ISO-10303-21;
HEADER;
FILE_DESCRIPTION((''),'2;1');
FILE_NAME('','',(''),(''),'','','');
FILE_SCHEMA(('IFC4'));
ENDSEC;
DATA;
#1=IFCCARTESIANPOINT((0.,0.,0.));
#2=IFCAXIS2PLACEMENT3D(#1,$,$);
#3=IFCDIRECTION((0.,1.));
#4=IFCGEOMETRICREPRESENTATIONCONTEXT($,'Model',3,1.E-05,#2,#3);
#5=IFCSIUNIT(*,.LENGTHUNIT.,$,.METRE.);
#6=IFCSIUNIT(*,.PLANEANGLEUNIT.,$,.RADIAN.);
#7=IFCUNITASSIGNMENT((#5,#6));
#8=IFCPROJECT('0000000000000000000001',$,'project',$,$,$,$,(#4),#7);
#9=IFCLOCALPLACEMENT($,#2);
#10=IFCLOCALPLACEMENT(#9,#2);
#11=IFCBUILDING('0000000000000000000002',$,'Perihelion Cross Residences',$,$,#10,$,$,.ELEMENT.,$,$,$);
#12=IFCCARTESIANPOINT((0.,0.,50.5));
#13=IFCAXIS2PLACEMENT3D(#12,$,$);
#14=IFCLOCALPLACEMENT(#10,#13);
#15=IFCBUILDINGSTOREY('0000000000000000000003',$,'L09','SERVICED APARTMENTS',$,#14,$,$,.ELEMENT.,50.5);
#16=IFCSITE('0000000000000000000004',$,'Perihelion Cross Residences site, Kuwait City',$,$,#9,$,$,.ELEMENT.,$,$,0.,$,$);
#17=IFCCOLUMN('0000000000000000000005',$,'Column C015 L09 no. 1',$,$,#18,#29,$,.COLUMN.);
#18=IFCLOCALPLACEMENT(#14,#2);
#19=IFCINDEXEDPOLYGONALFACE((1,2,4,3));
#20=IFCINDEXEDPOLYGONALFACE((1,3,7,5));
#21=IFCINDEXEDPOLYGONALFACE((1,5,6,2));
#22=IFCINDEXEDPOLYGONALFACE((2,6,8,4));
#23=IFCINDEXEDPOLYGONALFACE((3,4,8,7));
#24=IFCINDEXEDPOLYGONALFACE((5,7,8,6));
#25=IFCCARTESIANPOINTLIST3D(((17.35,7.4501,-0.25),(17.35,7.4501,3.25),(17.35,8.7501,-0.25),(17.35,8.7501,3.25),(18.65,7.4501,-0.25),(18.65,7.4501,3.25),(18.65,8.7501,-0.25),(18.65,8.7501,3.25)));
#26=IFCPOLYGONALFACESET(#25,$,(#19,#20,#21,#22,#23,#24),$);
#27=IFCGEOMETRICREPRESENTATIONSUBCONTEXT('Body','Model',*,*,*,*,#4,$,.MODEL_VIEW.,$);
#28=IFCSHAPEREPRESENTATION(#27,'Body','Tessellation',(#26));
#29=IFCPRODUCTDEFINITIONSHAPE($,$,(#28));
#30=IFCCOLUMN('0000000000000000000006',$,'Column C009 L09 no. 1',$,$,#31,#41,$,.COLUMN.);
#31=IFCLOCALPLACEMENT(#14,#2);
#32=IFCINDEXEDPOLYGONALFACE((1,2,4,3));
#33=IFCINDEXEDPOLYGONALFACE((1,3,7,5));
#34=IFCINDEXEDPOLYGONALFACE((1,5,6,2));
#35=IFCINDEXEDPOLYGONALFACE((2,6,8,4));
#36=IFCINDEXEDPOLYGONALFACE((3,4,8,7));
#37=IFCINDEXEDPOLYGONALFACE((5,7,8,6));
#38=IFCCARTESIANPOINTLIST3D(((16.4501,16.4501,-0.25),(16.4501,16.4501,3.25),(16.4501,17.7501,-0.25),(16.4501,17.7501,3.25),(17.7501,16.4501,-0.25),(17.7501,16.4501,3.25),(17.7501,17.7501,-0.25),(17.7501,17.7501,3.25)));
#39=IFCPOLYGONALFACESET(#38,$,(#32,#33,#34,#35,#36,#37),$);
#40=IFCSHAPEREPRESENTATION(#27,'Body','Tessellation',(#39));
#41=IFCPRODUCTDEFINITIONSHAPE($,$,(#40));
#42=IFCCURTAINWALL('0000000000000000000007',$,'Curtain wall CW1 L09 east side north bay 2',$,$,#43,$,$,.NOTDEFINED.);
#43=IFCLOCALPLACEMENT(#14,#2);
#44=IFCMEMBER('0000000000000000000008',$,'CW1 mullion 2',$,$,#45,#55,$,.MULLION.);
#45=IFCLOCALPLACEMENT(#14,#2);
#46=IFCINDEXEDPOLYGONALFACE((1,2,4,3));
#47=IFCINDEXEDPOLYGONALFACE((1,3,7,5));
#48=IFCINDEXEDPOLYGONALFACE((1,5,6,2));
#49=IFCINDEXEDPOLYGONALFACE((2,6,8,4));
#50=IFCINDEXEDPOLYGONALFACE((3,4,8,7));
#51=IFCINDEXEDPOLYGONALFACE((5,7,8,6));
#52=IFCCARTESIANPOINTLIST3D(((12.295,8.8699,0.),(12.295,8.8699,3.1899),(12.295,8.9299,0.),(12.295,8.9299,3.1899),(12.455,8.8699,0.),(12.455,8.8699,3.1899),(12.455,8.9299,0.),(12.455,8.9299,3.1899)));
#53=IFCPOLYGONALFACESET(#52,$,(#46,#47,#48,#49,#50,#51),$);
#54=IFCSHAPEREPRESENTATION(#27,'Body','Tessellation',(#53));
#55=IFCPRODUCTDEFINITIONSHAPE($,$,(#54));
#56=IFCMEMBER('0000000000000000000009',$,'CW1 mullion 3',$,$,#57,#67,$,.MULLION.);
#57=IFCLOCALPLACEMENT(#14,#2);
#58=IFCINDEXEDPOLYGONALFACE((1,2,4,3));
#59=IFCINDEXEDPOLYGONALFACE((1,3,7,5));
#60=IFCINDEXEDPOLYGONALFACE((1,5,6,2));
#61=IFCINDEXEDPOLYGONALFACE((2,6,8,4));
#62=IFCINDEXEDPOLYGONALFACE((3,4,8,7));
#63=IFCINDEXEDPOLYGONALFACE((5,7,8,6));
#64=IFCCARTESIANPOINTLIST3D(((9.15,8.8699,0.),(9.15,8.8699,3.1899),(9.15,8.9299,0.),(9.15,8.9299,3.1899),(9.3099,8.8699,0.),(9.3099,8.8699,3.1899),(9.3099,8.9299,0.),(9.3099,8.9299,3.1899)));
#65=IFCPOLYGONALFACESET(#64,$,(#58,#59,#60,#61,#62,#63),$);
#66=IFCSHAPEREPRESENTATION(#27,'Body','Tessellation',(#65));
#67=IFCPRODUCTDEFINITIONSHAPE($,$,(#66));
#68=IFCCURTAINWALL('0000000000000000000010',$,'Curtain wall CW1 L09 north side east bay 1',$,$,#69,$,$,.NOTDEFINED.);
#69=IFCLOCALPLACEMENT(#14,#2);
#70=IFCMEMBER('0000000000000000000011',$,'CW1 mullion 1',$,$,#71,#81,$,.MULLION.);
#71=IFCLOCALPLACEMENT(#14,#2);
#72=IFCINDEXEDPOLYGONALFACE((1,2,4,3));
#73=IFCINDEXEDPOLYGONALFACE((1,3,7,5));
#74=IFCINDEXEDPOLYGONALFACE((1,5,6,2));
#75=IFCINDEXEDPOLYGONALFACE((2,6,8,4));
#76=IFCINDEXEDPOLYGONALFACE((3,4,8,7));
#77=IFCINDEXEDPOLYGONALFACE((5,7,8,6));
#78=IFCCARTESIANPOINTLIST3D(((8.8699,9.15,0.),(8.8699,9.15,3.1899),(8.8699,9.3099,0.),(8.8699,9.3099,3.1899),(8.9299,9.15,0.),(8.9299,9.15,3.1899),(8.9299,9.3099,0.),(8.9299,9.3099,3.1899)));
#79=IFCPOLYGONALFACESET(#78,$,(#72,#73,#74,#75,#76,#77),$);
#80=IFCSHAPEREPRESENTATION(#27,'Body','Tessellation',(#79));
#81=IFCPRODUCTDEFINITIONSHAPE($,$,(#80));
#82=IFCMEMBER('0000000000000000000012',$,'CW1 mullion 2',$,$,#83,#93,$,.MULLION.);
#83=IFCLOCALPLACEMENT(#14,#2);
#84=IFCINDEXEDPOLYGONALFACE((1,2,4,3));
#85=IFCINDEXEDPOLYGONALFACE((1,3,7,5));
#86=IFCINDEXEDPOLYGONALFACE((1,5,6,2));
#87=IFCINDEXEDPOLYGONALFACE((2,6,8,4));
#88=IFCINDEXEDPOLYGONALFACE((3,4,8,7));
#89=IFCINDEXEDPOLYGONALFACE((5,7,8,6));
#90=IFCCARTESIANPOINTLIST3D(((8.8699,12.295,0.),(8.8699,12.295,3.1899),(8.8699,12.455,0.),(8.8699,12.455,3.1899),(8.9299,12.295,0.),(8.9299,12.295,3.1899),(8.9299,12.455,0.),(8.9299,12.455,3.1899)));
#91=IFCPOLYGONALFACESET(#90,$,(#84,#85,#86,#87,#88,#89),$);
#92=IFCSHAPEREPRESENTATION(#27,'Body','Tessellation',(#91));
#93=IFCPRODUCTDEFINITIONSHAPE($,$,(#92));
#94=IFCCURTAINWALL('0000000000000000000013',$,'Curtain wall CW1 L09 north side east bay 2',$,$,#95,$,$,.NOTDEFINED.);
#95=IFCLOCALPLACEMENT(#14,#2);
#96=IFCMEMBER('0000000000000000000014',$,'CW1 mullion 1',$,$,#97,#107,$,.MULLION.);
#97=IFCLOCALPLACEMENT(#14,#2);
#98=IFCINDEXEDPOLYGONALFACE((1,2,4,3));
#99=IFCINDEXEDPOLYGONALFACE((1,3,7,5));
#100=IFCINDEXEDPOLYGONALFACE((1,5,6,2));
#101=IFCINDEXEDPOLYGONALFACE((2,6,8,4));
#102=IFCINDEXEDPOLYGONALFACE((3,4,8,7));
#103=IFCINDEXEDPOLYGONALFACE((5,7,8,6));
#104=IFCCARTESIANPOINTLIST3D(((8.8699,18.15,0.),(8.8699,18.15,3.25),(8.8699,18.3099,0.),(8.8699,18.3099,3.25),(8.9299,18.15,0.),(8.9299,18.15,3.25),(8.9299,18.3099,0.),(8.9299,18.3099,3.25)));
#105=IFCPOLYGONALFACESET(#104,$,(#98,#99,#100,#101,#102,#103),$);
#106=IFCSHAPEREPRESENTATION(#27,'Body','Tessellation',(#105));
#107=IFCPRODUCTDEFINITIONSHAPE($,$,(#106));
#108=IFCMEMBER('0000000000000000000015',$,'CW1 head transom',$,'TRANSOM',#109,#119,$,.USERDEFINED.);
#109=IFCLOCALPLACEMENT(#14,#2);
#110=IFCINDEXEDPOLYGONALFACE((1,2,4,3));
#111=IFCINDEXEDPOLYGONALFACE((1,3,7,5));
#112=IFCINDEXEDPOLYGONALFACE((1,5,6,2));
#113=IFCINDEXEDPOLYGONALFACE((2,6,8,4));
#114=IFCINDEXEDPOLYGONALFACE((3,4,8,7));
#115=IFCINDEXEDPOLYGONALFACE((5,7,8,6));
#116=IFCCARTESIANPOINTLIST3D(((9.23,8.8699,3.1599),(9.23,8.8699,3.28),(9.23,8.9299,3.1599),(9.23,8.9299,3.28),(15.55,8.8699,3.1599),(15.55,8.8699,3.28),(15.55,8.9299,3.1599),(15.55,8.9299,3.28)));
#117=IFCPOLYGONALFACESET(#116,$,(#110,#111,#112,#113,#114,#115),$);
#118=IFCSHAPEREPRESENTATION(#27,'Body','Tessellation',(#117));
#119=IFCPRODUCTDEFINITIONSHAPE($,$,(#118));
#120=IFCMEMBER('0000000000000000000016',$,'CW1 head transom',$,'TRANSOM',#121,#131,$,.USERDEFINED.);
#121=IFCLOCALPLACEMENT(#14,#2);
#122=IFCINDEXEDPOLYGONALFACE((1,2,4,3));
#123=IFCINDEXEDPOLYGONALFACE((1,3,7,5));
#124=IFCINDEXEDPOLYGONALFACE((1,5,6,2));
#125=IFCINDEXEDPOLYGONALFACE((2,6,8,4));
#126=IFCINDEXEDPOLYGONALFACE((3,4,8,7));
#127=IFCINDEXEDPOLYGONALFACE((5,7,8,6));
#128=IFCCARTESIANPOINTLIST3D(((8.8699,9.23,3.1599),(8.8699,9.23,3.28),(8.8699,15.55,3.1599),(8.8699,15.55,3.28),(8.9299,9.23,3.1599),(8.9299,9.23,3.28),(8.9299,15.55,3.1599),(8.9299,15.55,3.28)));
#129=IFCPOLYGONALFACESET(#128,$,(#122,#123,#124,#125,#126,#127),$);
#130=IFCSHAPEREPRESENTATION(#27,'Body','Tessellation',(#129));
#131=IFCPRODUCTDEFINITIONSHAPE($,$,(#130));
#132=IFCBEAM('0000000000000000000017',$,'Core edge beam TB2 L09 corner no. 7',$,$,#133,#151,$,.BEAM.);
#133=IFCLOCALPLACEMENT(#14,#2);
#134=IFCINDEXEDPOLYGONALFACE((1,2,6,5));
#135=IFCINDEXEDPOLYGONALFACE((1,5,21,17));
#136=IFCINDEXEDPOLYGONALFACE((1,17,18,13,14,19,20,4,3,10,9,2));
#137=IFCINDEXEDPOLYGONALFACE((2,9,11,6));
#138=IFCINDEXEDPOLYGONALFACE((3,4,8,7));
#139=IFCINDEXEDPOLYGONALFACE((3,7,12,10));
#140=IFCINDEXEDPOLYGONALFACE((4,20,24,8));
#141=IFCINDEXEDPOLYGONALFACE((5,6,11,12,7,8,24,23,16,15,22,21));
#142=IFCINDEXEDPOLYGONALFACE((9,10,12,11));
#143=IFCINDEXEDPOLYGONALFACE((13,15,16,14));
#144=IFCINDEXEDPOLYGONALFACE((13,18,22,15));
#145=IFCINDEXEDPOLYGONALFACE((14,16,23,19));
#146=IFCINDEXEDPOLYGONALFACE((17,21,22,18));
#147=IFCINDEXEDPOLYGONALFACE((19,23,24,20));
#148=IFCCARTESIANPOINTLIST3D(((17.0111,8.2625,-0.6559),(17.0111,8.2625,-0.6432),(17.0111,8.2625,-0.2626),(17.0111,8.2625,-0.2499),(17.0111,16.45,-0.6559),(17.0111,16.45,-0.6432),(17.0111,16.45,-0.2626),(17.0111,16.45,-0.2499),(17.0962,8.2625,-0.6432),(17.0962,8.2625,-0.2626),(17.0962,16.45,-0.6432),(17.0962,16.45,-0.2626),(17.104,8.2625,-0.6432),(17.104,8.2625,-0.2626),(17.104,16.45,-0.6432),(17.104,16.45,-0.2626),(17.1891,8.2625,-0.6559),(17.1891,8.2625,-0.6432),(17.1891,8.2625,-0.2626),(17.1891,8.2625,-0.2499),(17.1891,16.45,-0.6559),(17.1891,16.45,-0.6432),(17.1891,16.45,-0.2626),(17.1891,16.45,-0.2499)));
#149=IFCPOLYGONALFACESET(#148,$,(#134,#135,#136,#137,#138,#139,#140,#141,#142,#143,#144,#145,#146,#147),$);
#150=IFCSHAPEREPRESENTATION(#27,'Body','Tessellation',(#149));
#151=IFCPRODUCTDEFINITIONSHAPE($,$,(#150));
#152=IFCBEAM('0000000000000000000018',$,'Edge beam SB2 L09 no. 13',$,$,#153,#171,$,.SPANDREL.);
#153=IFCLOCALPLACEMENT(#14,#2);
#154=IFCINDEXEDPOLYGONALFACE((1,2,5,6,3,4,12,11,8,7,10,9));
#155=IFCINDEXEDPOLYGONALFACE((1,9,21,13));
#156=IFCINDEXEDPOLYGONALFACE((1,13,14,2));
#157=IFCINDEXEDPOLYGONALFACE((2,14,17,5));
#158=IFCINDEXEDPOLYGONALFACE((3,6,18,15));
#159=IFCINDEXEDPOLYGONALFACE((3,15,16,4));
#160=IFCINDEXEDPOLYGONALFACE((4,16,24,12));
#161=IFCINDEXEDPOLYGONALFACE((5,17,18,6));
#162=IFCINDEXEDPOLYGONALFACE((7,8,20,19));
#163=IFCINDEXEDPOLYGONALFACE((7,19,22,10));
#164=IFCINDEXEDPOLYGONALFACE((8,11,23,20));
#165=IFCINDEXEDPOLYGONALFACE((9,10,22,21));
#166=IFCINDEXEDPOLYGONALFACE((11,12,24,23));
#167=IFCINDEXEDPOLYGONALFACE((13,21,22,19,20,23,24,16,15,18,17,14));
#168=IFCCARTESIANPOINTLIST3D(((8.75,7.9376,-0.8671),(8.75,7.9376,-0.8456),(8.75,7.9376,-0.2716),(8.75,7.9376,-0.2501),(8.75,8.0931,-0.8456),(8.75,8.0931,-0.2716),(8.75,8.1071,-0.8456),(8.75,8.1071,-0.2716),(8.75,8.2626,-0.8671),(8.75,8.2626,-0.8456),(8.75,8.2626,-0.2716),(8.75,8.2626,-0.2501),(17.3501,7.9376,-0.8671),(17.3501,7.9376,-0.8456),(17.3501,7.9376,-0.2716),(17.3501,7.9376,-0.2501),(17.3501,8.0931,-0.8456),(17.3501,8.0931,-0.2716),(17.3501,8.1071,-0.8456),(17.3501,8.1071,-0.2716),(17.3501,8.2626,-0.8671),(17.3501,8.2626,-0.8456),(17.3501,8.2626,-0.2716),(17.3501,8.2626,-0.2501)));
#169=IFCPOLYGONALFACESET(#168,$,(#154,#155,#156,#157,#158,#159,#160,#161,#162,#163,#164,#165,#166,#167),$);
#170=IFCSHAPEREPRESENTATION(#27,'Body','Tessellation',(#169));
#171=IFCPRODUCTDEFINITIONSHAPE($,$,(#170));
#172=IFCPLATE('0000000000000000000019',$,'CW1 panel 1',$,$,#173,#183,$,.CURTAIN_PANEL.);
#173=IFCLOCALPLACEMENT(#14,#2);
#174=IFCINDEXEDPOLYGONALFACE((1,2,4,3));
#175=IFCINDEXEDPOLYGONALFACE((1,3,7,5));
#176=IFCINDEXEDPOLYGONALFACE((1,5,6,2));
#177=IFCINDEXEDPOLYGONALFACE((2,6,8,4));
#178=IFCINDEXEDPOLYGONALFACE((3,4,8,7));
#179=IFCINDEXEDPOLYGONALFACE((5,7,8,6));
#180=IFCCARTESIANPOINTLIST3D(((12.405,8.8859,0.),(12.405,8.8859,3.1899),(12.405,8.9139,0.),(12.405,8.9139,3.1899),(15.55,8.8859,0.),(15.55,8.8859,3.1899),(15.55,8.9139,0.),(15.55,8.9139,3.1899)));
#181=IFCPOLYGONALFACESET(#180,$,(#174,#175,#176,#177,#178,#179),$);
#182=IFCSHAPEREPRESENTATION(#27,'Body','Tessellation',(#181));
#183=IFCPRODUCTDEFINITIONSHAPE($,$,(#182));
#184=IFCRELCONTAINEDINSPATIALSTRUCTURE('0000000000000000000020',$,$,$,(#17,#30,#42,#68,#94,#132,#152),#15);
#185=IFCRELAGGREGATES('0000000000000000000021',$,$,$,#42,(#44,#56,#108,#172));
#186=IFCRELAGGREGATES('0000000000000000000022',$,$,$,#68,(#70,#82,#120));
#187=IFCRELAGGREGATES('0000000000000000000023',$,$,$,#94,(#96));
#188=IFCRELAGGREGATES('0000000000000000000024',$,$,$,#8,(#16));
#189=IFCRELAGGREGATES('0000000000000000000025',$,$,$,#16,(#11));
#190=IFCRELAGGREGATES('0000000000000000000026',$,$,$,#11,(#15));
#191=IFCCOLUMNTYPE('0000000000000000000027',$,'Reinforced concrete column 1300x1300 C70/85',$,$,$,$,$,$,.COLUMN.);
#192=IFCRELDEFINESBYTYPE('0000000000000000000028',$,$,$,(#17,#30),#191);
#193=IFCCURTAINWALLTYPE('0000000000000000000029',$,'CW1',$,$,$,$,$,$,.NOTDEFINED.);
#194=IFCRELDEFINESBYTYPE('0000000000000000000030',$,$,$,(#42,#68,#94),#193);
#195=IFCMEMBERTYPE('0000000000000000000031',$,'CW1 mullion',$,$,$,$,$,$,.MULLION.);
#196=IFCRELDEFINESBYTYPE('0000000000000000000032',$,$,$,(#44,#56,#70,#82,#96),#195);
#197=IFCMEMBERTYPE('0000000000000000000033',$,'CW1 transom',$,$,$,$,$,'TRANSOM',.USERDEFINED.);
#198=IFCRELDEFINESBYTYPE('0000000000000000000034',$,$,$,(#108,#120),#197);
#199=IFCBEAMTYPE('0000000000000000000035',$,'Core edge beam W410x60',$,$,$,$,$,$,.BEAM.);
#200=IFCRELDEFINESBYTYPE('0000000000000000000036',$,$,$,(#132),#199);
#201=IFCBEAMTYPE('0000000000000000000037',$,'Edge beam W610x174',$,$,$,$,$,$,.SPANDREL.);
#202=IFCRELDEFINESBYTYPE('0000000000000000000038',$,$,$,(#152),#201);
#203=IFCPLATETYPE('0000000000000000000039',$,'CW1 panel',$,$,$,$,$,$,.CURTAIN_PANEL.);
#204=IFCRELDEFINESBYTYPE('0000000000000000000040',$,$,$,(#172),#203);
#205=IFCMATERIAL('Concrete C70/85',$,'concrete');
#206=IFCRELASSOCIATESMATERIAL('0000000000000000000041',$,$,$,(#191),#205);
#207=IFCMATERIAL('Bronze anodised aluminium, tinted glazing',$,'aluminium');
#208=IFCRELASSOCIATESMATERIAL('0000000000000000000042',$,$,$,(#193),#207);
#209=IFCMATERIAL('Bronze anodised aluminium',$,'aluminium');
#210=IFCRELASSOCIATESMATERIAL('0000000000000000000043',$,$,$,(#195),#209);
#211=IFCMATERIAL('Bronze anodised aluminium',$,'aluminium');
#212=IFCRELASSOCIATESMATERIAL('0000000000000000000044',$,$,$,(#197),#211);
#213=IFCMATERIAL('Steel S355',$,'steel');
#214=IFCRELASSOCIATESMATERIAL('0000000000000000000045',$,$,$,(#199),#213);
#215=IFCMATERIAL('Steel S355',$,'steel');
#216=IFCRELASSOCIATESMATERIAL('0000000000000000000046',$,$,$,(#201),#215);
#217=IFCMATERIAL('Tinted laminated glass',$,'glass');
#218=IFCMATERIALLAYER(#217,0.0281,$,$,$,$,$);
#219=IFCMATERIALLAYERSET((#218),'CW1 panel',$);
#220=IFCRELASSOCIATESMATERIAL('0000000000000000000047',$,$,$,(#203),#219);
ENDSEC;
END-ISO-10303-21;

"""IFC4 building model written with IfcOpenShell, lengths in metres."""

from ifc_helpers import new_model, si_unit, direction, frame, origin, origin_2d, place, context, subcontext, project, spatial, rectangle, i_section, extrude, material, layer, layer_set, material_profile, profile_set, type_object, element, aggregate, save


model = new_model("IFC4")

# Units and contexts
model_context = context("Model", 3, precision=1e-05, world=origin(), true_north=direction((0.0, 1.0)))
body_context = subcontext(model_context, "Body", "Model", "MODEL_VIEW")
ifc_project = project(units=[si_unit("LENGTHUNIT", "METRE"), si_unit("PLANEANGLEUNIT", "RADIAN")], contexts=[model_context])

# Site, building, storey
site_placement = place(None, origin())
site = spatial("IfcSite", under=ifc_project, at=site_placement, Name="Perihelion Cross Residences site, Kuwait City", CompositionType="ELEMENT", RefElevation=0.0)
building_placement = place(site_placement, origin())
building = spatial("IfcBuilding", under=site, at=building_placement, Name="Perihelion Cross Residences", CompositionType="ELEMENT")
storey_placement = place(building_placement, frame((0.0, 0.0, 50.5)))
storey = spatial("IfcBuildingStorey", under=building, at=storey_placement, Name="L09", Description="SERVICED APARTMENTS", CompositionType="ELEMENT", Elevation=50.5)

# Columns
ifc_material_1 = material(Name="Concrete C70/85", Category="concrete")
ifc_material_profile_1 = material_profile(ifc_material_1, rectangle(XDim=1.3, YDim=1.3, at=origin_2d()), Name="RC 1300x1300")
ifc_profile_set_1 = profile_set([ifc_material_profile_1], Name="Concrete C70/85")
column_type = type_object("IfcColumnType", Name="Reinforced concrete column 1300x1300 C70/85", PredefinedType="COLUMN", material=ifc_profile_set_1)
for number, where, z_axis, x_axis, name in (
    (1, (18.0, 8.1001, -0.25), (0.0, 0.0, 1.0), (1.0, 0.0, 0.0), "Column C015 L09 no. 1"),
    (2, (17.1001, 17.1001, -0.25), (0.0, 0.0, 1.0), (1.0, 0.0, 0.0), "Column C009 L09 no. 1"),
):
    element("IfcColumn", number, at=place(storey_placement, frame(where, z_axis=z_axis, x_axis=x_axis)), inside=storey, type_object=column_type, Name=name, PredefinedType="COLUMN", context=body_context, shape_type="SweptSolid", body=[
        extrude(rectangle(XDim=1.3, YDim=1.3, at=origin_2d()), origin(), (0.0, 0.0, 1.0), 3.5),
    ])

# Curtain walls, members
ifc_material_2 = material(Name="Bronze anodised aluminium, tinted glazing", Category="aluminium")
curtain_wall_type = type_object("IfcCurtainWallType", Name="CW1", PredefinedType="NOTDEFINED", material=ifc_material_2)
curtain_wall_1_placement = place(storey_placement, origin())
curtain_wall_1 = element("IfcCurtainWall", 3, at=curtain_wall_1_placement, inside=storey, type_object=curtain_wall_type, Name="Curtain wall CW1 L09 east side north bay 2", PredefinedType="NOTDEFINED")
ifc_material_3 = material(Name="Bronze anodised aluminium", Category="aluminium")
ifc_material_profile_2 = material_profile(ifc_material_3, rectangle(XDim=0.0601, YDim=0.1599, at=origin_2d()), Name="CW1 mullion")
ifc_profile_set_2 = profile_set([ifc_material_profile_2], Name="Bronze anodised aluminium")
member_type_1 = type_object("IfcMemberType", Name="CW1 mullion", PredefinedType="MULLION", material=ifc_profile_set_2)
member_1_placement = place(storey_placement, frame((12.375, 8.8999, 0.0), z_axis=(0.0, 0.0, 1.0), x_axis=(0.0, -1.0, 0.0)))
member_1 = element("IfcMember", 4, at=member_1_placement, type_object=member_type_1, Name="CW1 mullion 2", PredefinedType="MULLION", context=body_context, shape_type="SweptSolid", body=[
    extrude(rectangle(XDim=0.0601, YDim=0.1599, at=origin_2d()), origin(), (0.0, 0.0, 1.0), 3.1899),
])
member_2_placement = place(storey_placement, frame((9.23, 8.8999, 0.0), z_axis=(0.0, 0.0, 1.0), x_axis=(0.0, -1.0, 0.0)))
member_2 = element("IfcMember", 5, at=member_2_placement, type_object=member_type_1, Name="CW1 mullion 3", PredefinedType="MULLION", context=body_context, shape_type="SweptSolid", body=[
    extrude(rectangle(XDim=0.0601, YDim=0.1599, at=origin_2d()), origin(), (0.0, 0.0, 1.0), 3.1899),
])
curtain_wall_2_placement = place(storey_placement, origin())
curtain_wall_2 = element("IfcCurtainWall", 6, at=curtain_wall_2_placement, inside=storey, type_object=curtain_wall_type, Name="Curtain wall CW1 L09 north side east bay 1", PredefinedType="NOTDEFINED")
member_3_placement = place(storey_placement, frame((8.8999, 9.23, 0.0), z_axis=(0.0, 0.0, 1.0), x_axis=(-1.0, 0.0, 0.0)))
member_3 = element("IfcMember", 7, at=member_3_placement, type_object=member_type_1, Name="CW1 mullion 1", PredefinedType="MULLION", context=body_context, shape_type="SweptSolid", body=[
    extrude(rectangle(XDim=0.0601, YDim=0.1599, at=origin_2d()), origin(), (0.0, 0.0, 1.0), 3.1899),
])
member_4_placement = place(storey_placement, frame((8.8999, 12.375, 0.0), z_axis=(0.0, 0.0, 1.0), x_axis=(-1.0, 0.0, 0.0)))
member_4 = element("IfcMember", 8, at=member_4_placement, type_object=member_type_1, Name="CW1 mullion 2", PredefinedType="MULLION", context=body_context, shape_type="SweptSolid", body=[
    extrude(rectangle(XDim=0.0601, YDim=0.1599, at=origin_2d()), origin(), (0.0, 0.0, 1.0), 3.1899),
])

# Curtain wall, member
curtain_wall_3_placement = place(storey_placement, origin())
curtain_wall_3 = element("IfcCurtainWall", 9, at=curtain_wall_3_placement, inside=storey, type_object=curtain_wall_type, Name="Curtain wall CW1 L09 north side east bay 2", PredefinedType="NOTDEFINED")
member_5_placement = place(storey_placement, frame((8.8999, 18.23, 0.0), z_axis=(0.0, 0.0, 1.0), x_axis=(-1.0, 0.0, 0.0)))
member_5 = element("IfcMember", 10, at=member_5_placement, type_object=member_type_1, Name="CW1 mullion 1", PredefinedType="MULLION", context=body_context, shape_type="SweptSolid", body=[
    extrude(rectangle(XDim=0.0601, YDim=0.1599, at=origin_2d()), origin(), (0.0, 0.0, 1.0), 3.25),
])

# Members
ifc_material_4 = material(Name="Bronze anodised aluminium", Category="aluminium")
ifc_material_profile_3 = material_profile(ifc_material_4, rectangle(XDim=0.0601, YDim=0.1201, at=origin_2d()), Name="CW1 transom")
ifc_profile_set_3 = profile_set([ifc_material_profile_3], Name="Bronze anodised aluminium")
member_type_2 = type_object("IfcMemberType", Name="CW1 transom", ElementType="TRANSOM", PredefinedType="USERDEFINED", material=ifc_profile_set_3)
member_6_placement = place(storey_placement, frame((15.55, 8.8999, 3.22), z_axis=(-1.0, 0.0, 0.0), x_axis=(0.0, -1.0, 0.0)))
member_6 = element("IfcMember", 11, at=member_6_placement, type_object=member_type_2, Name="CW1 head transom", ObjectType="TRANSOM", PredefinedType="USERDEFINED", context=body_context, shape_type="SweptSolid", body=[
    extrude(rectangle(XDim=0.0601, YDim=0.1201, at=origin_2d()), origin(), (0.0, 0.0, 1.0), 6.3201),
])
member_7_placement = place(storey_placement, frame((8.8999, 9.23, 3.22), z_axis=(0.0, 1.0, 0.0), x_axis=(-1.0, 0.0, 0.0)))
member_7 = element("IfcMember", 12, at=member_7_placement, type_object=member_type_2, Name="CW1 head transom", ObjectType="TRANSOM", PredefinedType="USERDEFINED", context=body_context, shape_type="SweptSolid", body=[
    extrude(rectangle(XDim=0.0601, YDim=0.1201, at=origin_2d()), origin(), (0.0, 0.0, 1.0), 6.3201),
])

# Beams
ifc_material_5 = material(Name="Steel S355", Category="steel")
ifc_material_profile_4 = material_profile(ifc_material_5, i_section(OverallWidth=0.178, OverallDepth=0.406, WebThickness=0.0078, FlangeThickness=0.0127, at=origin_2d()), Name="W410x60")
ifc_profile_set_4 = profile_set([ifc_material_profile_4], Name="Steel S355")
beam_type_1 = type_object("IfcBeamType", Name="Core edge beam W410x60", PredefinedType="BEAM", material=ifc_profile_set_4)
beam_1_placement = place(storey_placement, frame((17.1001, 8.2625, -0.4529), z_axis=(0.0, 1.0, 0.0), x_axis=(-1.0, 0.0, 0.0)))
element("IfcBeam", 13, at=beam_1_placement, inside=storey, type_object=beam_type_1, Name="Core edge beam TB2 L09 corner no. 7", PredefinedType="BEAM", context=body_context, shape_type="SweptSolid", body=[
    extrude(i_section(OverallWidth=0.178, OverallDepth=0.406, WebThickness=0.0078, FlangeThickness=0.0127, at=origin_2d()), origin(), (0.0, 0.0, 1.0), 8.1875),
])
ifc_material_6 = material(Name="Steel S355", Category="steel")
ifc_material_profile_5 = material_profile(ifc_material_6, i_section(OverallWidth=0.325, OverallDepth=0.6169, WebThickness=0.0139, FlangeThickness=0.0215, at=origin_2d()), Name="W610x174")
ifc_profile_set_5 = profile_set([ifc_material_profile_5], Name="Steel S355")
beam_type_2 = type_object("IfcBeamType", Name="Edge beam W610x174", PredefinedType="SPANDREL", material=ifc_profile_set_5)
beam_2_placement = place(storey_placement, frame((17.3501, 8.1001, -0.5586), z_axis=(-1.0, 0.0, 0.0), x_axis=(0.0, -1.0, 0.0)))
element("IfcBeam", 14, at=beam_2_placement, inside=storey, type_object=beam_type_2, Name="Edge beam SB2 L09 no. 13", PredefinedType="SPANDREL", context=body_context, shape_type="SweptSolid", body=[
    extrude(i_section(OverallWidth=0.325, OverallDepth=0.6169, WebThickness=0.0139, FlangeThickness=0.0215, at=origin_2d()), origin(), (0.0, 0.0, 1.0), 8.6001),
])

# Plate
ifc_material_7 = material(Name="Tinted laminated glass", Category="glass")
ifc_layer_1 = layer(ifc_material_7, 0.0281)
ifc_layer_set_1 = layer_set([ifc_layer_1], Name="CW1 panel")
plate_type = type_object("IfcPlateType", Name="CW1 panel", PredefinedType="CURTAIN_PANEL", material=ifc_layer_set_1)
plate_1_placement = place(storey_placement, frame((13.9775, 8.8999, 0.0), z_axis=(0.0, 0.0, 1.0), x_axis=(-1.0, 0.0, 0.0)))
plate_1 = element("IfcPlate", 15, at=plate_1_placement, type_object=plate_type, Name="CW1 panel 1", PredefinedType="CURTAIN_PANEL", context=body_context, shape_type="SweptSolid", body=[
    extrude(rectangle(XDim=3.145, YDim=0.0281, at=origin_2d()), origin(), (0.0, 0.0, 1.0), 3.1899),
])
aggregate(curtain_wall_1, [member_1, member_2, member_6, plate_1])
aggregate(curtain_wall_2, [member_3, member_4, member_7])
aggregate(curtain_wall_3, [member_5])

save(model, "model.ifc")
